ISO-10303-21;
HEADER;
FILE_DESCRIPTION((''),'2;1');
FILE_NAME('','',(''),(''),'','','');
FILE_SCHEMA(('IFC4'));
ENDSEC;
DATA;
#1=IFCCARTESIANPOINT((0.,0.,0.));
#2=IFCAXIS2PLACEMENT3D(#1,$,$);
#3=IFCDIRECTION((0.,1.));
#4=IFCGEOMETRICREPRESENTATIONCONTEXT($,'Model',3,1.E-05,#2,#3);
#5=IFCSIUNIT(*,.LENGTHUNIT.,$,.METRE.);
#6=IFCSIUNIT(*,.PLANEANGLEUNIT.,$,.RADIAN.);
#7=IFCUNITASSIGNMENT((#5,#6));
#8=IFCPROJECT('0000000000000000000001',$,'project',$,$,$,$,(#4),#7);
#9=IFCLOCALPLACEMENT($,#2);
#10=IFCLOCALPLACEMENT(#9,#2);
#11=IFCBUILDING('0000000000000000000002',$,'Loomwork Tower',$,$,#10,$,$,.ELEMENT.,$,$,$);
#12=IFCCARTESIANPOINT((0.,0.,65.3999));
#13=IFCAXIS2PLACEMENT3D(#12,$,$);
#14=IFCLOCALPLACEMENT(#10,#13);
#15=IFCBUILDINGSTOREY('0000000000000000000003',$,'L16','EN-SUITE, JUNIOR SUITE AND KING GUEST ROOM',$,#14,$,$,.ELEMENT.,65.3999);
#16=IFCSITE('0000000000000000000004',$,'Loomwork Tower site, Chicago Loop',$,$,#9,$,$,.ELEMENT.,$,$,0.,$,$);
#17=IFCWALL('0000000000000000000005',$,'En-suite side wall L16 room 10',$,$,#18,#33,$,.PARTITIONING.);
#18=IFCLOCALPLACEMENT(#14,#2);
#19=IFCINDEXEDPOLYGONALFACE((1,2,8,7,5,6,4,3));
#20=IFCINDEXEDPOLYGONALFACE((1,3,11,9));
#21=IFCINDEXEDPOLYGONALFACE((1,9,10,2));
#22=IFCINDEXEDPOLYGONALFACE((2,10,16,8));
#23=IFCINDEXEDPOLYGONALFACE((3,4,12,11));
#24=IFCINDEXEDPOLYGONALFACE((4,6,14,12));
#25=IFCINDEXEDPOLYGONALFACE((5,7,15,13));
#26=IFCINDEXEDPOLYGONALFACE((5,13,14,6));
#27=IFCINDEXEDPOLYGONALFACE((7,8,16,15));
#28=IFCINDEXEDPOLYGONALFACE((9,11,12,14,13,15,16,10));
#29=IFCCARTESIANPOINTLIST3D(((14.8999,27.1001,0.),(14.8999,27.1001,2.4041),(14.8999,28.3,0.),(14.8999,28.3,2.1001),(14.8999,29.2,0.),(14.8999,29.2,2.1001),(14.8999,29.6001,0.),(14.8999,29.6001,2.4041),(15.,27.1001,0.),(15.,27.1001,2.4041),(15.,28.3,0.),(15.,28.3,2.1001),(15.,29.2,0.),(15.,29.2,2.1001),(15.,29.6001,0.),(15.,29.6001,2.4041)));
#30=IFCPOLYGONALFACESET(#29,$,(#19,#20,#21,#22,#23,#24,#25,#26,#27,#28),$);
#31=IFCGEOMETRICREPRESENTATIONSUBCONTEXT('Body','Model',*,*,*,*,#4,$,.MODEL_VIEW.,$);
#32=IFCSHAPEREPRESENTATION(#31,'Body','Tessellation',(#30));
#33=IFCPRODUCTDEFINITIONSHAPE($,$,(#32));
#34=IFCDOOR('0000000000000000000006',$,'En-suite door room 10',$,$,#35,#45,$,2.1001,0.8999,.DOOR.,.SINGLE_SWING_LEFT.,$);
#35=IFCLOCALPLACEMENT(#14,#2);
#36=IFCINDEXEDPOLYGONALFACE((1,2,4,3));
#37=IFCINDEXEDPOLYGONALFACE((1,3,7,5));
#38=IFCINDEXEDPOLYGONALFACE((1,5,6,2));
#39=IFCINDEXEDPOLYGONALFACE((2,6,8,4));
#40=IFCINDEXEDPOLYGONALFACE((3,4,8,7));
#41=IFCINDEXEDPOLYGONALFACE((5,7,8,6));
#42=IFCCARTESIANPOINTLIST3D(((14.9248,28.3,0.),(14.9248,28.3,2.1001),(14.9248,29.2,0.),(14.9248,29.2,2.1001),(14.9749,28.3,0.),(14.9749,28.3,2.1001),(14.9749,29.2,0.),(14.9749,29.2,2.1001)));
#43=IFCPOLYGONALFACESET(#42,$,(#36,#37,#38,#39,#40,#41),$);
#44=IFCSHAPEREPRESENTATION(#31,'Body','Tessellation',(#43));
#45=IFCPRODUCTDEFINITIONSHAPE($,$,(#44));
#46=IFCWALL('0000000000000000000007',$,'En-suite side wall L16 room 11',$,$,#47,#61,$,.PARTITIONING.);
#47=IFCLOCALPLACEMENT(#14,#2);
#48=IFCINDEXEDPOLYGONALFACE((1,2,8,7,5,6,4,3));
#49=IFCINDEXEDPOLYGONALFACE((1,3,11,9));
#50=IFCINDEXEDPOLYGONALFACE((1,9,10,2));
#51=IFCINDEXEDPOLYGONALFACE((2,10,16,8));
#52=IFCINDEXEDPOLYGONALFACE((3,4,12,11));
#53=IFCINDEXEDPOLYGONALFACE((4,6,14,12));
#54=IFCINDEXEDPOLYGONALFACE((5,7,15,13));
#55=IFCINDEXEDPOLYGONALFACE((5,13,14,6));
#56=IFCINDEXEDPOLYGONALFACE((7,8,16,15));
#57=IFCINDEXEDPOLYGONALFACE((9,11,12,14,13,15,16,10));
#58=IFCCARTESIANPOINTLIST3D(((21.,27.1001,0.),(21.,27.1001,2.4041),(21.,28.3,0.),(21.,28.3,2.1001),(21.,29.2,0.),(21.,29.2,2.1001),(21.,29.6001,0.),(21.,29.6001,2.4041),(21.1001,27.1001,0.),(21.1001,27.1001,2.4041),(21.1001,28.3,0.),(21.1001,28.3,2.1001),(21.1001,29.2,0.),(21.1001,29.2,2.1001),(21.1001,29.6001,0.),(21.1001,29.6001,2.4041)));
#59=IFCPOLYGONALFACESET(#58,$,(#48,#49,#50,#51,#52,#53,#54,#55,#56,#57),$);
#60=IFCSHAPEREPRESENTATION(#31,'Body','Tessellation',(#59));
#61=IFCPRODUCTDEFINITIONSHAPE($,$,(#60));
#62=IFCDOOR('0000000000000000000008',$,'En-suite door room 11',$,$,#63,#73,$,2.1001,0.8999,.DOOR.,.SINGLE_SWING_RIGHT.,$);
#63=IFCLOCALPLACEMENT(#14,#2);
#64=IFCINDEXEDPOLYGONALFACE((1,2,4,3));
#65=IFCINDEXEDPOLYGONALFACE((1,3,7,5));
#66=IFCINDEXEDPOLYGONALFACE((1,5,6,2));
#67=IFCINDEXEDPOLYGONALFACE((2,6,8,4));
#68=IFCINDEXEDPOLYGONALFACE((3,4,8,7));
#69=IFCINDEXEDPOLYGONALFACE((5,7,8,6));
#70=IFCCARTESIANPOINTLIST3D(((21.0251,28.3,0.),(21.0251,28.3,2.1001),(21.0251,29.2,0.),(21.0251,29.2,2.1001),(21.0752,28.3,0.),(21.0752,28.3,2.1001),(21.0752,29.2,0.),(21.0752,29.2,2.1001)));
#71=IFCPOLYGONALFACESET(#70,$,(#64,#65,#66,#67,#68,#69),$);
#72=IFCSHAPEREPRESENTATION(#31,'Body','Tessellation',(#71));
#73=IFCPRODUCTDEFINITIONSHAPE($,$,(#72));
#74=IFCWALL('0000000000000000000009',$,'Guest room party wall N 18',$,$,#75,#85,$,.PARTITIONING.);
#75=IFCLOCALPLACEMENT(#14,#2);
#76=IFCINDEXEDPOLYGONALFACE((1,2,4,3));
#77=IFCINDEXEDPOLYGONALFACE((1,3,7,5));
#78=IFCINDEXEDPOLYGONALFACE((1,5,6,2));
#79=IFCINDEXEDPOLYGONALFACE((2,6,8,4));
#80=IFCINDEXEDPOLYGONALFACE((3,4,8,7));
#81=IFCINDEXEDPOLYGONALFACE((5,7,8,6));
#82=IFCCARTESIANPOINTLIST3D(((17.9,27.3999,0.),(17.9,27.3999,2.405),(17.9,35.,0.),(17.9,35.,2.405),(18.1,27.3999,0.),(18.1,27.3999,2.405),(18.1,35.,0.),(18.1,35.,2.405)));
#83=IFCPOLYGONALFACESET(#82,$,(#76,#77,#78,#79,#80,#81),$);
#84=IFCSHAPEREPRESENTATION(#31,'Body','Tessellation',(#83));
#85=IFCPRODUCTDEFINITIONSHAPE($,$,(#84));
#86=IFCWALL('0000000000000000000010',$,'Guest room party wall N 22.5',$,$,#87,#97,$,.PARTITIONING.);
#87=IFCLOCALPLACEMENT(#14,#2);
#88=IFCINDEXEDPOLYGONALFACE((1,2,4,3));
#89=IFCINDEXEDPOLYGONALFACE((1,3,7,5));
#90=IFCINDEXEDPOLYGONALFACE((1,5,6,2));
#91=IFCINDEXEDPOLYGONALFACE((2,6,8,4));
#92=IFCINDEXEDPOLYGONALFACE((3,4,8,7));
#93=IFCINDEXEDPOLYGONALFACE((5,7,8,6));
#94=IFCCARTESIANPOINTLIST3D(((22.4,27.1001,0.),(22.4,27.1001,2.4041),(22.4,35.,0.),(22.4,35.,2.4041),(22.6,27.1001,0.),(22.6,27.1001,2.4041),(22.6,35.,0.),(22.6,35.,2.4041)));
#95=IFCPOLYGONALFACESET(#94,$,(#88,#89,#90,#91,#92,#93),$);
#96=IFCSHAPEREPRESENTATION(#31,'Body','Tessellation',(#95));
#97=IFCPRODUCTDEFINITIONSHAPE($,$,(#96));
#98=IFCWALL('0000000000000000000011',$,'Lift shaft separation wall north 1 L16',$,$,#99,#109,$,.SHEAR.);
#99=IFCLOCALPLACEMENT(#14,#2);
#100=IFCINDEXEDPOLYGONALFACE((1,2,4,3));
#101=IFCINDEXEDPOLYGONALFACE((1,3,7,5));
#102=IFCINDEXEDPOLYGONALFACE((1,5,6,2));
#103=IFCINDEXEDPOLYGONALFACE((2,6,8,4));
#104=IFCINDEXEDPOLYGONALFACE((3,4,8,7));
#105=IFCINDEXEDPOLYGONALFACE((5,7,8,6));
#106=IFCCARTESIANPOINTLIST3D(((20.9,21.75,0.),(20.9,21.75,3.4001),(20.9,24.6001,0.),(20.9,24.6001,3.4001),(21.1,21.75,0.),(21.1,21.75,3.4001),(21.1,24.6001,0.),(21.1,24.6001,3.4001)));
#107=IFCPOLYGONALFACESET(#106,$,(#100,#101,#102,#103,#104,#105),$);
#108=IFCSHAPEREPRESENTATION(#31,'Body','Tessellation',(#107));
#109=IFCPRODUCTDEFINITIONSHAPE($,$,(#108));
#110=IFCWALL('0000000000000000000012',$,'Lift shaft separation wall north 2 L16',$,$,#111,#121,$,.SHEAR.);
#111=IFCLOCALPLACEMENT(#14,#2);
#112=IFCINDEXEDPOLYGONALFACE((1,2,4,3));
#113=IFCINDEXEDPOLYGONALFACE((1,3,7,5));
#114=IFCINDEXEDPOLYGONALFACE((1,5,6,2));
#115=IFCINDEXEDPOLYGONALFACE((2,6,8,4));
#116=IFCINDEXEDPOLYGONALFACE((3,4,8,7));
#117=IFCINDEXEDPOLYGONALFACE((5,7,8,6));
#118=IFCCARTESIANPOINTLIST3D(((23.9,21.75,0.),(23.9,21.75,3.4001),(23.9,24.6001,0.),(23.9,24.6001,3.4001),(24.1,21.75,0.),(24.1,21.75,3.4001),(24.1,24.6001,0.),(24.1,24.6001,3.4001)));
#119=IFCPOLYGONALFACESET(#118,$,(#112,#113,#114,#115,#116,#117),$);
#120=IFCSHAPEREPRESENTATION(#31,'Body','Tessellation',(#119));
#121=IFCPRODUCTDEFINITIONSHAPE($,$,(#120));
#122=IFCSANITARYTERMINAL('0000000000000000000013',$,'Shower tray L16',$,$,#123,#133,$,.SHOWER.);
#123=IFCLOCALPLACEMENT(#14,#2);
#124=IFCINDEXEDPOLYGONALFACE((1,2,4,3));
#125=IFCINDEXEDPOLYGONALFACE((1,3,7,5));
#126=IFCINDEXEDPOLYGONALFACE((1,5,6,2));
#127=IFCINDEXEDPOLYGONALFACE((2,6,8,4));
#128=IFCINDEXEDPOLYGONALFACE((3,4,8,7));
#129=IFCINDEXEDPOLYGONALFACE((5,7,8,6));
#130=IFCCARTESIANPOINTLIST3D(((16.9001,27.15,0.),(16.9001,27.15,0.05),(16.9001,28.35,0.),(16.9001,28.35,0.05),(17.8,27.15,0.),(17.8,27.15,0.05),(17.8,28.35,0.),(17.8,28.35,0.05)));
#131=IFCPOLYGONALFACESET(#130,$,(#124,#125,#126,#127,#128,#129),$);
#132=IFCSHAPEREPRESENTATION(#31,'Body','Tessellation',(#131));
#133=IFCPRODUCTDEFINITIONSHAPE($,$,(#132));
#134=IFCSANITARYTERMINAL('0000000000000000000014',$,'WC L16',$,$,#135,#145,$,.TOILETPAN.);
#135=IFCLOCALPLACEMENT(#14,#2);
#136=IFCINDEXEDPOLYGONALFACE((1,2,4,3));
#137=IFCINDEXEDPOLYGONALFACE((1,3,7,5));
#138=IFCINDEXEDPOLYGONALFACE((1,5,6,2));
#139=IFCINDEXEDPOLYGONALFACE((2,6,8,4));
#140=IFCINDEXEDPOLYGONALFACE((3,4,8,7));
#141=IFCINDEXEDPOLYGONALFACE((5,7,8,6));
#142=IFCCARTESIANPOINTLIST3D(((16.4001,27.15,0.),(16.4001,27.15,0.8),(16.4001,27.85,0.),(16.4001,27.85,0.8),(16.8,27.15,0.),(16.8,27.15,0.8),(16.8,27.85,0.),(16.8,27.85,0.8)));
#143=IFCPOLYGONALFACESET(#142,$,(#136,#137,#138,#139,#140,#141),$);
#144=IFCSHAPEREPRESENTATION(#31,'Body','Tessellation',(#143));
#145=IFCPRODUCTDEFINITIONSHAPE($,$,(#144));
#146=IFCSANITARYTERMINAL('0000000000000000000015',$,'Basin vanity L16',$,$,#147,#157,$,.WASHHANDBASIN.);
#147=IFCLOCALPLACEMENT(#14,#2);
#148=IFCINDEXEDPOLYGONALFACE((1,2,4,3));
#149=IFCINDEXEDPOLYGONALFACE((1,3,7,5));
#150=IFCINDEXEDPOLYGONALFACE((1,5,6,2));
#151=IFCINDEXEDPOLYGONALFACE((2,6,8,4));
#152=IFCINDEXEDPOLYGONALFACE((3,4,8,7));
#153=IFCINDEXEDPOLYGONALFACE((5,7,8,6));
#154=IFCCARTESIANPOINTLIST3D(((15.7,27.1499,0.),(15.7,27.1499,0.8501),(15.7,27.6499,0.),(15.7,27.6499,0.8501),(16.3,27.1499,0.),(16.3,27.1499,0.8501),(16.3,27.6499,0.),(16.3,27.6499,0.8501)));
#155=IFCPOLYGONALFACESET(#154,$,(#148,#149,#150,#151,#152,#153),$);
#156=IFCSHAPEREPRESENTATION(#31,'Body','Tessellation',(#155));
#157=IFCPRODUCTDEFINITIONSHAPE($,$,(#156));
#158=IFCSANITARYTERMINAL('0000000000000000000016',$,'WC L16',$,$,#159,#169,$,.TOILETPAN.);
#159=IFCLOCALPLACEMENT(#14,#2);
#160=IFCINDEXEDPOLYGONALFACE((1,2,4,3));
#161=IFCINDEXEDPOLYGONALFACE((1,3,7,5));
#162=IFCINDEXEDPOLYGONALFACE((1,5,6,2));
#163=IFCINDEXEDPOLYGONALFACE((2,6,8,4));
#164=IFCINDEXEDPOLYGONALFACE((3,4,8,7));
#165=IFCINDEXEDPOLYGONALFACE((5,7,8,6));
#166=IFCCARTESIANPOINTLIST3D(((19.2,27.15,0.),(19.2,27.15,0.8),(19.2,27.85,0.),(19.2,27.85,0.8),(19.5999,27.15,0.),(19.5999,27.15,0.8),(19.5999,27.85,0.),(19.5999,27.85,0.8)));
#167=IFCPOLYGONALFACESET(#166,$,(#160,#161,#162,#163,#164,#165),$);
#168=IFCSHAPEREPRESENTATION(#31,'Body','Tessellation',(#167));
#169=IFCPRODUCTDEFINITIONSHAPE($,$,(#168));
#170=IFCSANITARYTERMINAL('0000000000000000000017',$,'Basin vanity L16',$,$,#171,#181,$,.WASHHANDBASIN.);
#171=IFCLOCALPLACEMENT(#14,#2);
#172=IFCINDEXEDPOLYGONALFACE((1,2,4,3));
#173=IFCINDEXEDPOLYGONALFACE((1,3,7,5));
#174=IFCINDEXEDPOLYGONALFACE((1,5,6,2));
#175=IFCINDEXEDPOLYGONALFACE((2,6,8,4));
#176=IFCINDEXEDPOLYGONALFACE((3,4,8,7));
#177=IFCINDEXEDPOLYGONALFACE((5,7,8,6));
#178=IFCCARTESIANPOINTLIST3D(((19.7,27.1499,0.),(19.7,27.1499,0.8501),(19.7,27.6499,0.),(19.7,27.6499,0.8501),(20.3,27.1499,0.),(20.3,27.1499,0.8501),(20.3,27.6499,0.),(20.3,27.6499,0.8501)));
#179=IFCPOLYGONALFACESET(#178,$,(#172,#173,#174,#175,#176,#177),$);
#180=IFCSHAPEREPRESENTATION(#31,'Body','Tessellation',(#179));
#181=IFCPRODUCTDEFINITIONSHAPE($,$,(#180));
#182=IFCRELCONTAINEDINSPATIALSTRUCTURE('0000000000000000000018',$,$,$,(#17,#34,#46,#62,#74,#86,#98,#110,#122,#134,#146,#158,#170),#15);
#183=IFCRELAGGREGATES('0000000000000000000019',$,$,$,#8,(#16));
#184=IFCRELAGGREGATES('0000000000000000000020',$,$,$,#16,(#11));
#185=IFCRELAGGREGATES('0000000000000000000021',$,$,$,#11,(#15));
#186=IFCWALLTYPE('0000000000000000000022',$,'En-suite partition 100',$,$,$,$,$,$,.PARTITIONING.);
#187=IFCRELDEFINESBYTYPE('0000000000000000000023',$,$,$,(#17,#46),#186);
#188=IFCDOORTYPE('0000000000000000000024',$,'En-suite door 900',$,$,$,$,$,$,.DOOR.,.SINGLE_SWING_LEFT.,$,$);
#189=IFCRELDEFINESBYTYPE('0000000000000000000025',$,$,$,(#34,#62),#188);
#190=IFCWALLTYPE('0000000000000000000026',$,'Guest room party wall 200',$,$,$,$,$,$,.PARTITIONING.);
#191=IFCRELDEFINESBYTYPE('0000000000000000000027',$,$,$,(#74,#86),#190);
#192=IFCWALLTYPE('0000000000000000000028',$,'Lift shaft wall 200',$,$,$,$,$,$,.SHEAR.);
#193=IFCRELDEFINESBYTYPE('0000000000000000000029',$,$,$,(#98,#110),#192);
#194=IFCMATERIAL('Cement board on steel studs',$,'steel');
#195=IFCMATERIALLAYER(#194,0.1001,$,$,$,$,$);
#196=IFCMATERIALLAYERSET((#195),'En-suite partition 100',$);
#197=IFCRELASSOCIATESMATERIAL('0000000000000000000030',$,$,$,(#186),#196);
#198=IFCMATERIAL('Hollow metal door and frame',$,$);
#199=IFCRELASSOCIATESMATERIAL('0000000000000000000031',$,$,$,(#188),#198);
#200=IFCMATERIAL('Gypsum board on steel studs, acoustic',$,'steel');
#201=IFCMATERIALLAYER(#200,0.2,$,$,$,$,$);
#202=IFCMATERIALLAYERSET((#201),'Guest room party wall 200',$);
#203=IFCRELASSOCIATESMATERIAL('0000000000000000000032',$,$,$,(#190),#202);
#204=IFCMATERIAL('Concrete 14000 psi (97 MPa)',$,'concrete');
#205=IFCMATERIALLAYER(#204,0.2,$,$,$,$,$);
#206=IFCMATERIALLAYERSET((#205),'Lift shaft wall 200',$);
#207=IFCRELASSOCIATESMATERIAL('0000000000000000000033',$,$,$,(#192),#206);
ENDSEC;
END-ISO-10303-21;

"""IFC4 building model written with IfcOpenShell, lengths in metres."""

from ifc_helpers import new_model, si_unit, direction, frame, frame_2d, origin, origin_2d, place, context, subcontext, project, spatial, rectangle, extrude, material, layer, layer_set, type_object, element, fill, save


model = new_model("IFC4")

# Units and contexts
model_context = context("Model", 3, precision=1e-05, world=origin(), true_north=direction((0.0, 1.0)))
body_context = subcontext(model_context, "Body", "Model", "MODEL_VIEW")
ifc_project = project(units=[si_unit("LENGTHUNIT", "METRE"), si_unit("PLANEANGLEUNIT", "RADIAN")], contexts=[model_context])

# Site, building, storey
site_placement = place(None, origin())
site = spatial("IfcSite", under=ifc_project, at=site_placement, Name="Loomwork Tower site, Chicago Loop", CompositionType="ELEMENT", RefElevation=0.0)
building_placement = place(site_placement, origin())
building = spatial("IfcBuilding", under=site, at=building_placement, Name="Loomwork Tower", CompositionType="ELEMENT")
storey_placement = place(building_placement, frame((0.0, 0.0, 65.3999)))
storey = spatial("IfcBuildingStorey", under=building, at=storey_placement, Name="L16", Description="EN-SUITE, JUNIOR SUITE AND KING GUEST ROOM", CompositionType="ELEMENT", Elevation=65.3999)

# Walls, openings, doors
ifc_material_1 = material(Name="Cement board on steel studs", Category="steel")
ifc_layer_1 = layer(ifc_material_1, 0.1001)
ifc_layer_set_1 = layer_set([ifc_layer_1], Name="En-suite partition 100")
wall_type_1 = type_object("IfcWallType", Name="En-suite partition 100", PredefinedType="PARTITIONING", material=ifc_layer_set_1)
wall_1_placement = place(storey_placement, frame((14.95, 27.1001, 0.0), z_axis=(0.0, 0.0, 1.0), x_axis=(0.0, 1.0, 0.0)))
wall_1 = element("IfcWall", 1, at=wall_1_placement, inside=storey, type_object=wall_type_1, Name="En-suite side wall L16 room 10", PredefinedType="PARTITIONING", context=body_context, shape_type="SweptSolid", body=[
    extrude(rectangle(XDim=2.5, YDim=0.1001, at=frame_2d((1.25, 0.0))), origin(), (0.0, 0.0, 1.0), 2.4041),
])
opening_1_placement = place(wall_1_placement, frame((1.2, 0.0, 0.0)))
opening_1 = element("IfcOpeningElement", 2, at=opening_1_placement, cuts=wall_1, PredefinedType="OPENING", context=body_context, shape_type="SweptSolid", body=[
    extrude(rectangle(XDim=0.8999, YDim=2.1001, at=frame_2d((0.45, 1.05))), frame((0.0, 0.0601, 0.0), z_axis=(0.0, -1.0, 0.0), x_axis=(1.0, 0.0, 0.0)), (0.0, 0.0, 1.0), 0.1201),
])
ifc_material_2 = material(Name="Hollow metal door and frame")
door_type_1 = type_object("IfcDoorType", Name="En-suite door 900", OperationType="SINGLE_SWING_LEFT", PredefinedType="DOOR", material=ifc_material_2)
door_1_placement = place(opening_1_placement, frame((0.8999, 0.0, 0.0), z_axis=(0.0, 0.0, 1.0), x_axis=(-1.0, 0.0, 0.0)))
door_1 = element("IfcDoor", 3, at=door_1_placement, inside=storey, type_object=door_type_1, Name="En-suite door room 10", OperationType="SINGLE_SWING_LEFT", OverallHeight=2.1001, OverallWidth=0.8999, PredefinedType="DOOR", context=body_context, shape_type="SweptSolid", body=[
    extrude(rectangle(XDim=0.8999, YDim=2.1001, at=frame_2d((0.45, 1.05))), frame((0.0, 0.0249, 0.0), z_axis=(0.0, -1.0, 0.0), x_axis=(1.0, 0.0, 0.0)), (0.0, 0.0, 1.0), 0.05),
])
fill(opening_1, door_1)
wall_2_placement = place(storey_placement, frame((21.05, 27.1001, 0.0), z_axis=(0.0, 0.0, 1.0), x_axis=(0.0, 1.0, 0.0)))
wall_2 = element("IfcWall", 4, at=wall_2_placement, inside=storey, type_object=wall_type_1, Name="En-suite side wall L16 room 11", PredefinedType="PARTITIONING", context=body_context, shape_type="SweptSolid", body=[
    extrude(rectangle(XDim=2.5, YDim=0.1001, at=frame_2d((1.25, 0.0))), origin(), (0.0, 0.0, 1.0), 2.4041),
])
opening_2_placement = place(wall_2_placement, frame((1.2, 0.0, 0.0)))
opening_2 = element("IfcOpeningElement", 5, at=opening_2_placement, cuts=wall_2, PredefinedType="OPENING", context=body_context, shape_type="SweptSolid", body=[
    extrude(rectangle(XDim=0.8999, YDim=2.1001, at=frame_2d((0.45, 1.05))), frame((0.0, 0.0601, 0.0), z_axis=(0.0, -1.0, 0.0), x_axis=(1.0, 0.0, 0.0)), (0.0, 0.0, 1.0), 0.1201),
])
door_2_placement = place(opening_2_placement, origin())
door_2 = element("IfcDoor", 6, at=door_2_placement, inside=storey, type_object=door_type_1, Name="En-suite door room 11", OperationType="SINGLE_SWING_RIGHT", OverallHeight=2.1001, OverallWidth=0.8999, PredefinedType="DOOR", context=body_context, shape_type="SweptSolid", body=[
    extrude(rectangle(XDim=0.8999, YDim=2.1001, at=frame_2d((0.45, 1.05))), frame((0.0, 0.0249, 0.0), z_axis=(0.0, -1.0, 0.0), x_axis=(1.0, 0.0, 0.0)), (0.0, 0.0, 1.0), 0.05),
])
fill(opening_2, door_2)

# Walls
ifc_material_3 = material(Name="Gypsum board on steel studs, acoustic", Category="steel")
ifc_layer_2 = layer(ifc_material_3, 0.2)
ifc_layer_set_2 = layer_set([ifc_layer_2], Name="Guest room party wall 200")
wall_type_2 = type_object("IfcWallType", Name="Guest room party wall 200", PredefinedType="PARTITIONING", material=ifc_layer_set_2)
wall_3_placement = place(storey_placement, frame((18.0, 27.3999, 0.0), z_axis=(0.0, 0.0, 1.0), x_axis=(0.0, 1.0, 0.0)))
element("IfcWall", 7, at=wall_3_placement, inside=storey, type_object=wall_type_2, Name="Guest room party wall N 18", PredefinedType="PARTITIONING", context=body_context, shape_type="SweptSolid", body=[
    extrude(rectangle(XDim=7.6001, YDim=0.2, at=frame_2d((3.8, 0.0))), origin(), (0.0, 0.0, 1.0), 2.405),
])
wall_4_placement = place(storey_placement, frame((22.5, 27.1001, 0.0), z_axis=(0.0, 0.0, 1.0), x_axis=(0.0, 1.0, 0.0)))
element("IfcWall", 8, at=wall_4_placement, inside=storey, type_object=wall_type_2, Name="Guest room party wall N 22.5", PredefinedType="PARTITIONING", context=body_context, shape_type="SweptSolid", body=[
    extrude(rectangle(XDim=7.8999, YDim=0.2, at=frame_2d((3.95, 0.0))), origin(), (0.0, 0.0, 1.0), 2.4041),
])
ifc_material_4 = material(Name="Concrete 14000 psi (97 MPa)", Category="concrete")
ifc_layer_3 = layer(ifc_material_4, 0.2)
ifc_layer_set_3 = layer_set([ifc_layer_3], Name="Lift shaft wall 200")
wall_type_3 = type_object("IfcWallType", Name="Lift shaft wall 200", PredefinedType="SHEAR", material=ifc_layer_set_3)
for number, where, z_axis, x_axis, name in (
    (9, (21.0, 21.75, 0.0), (0.0, 0.0, 1.0), (0.0, 1.0, 0.0), "Lift shaft separation wall north 1 L16"),
    (10, (24.0, 21.75, 0.0), (0.0, 0.0, 1.0), (0.0, 1.0, 0.0), "Lift shaft separation wall north 2 L16"),
):
    element("IfcWall", number, at=place(storey_placement, frame(where, z_axis=z_axis, x_axis=x_axis)), inside=storey, type_object=wall_type_3, Name=name, PredefinedType="SHEAR", context=body_context, shape_type="SweptSolid", body=[
        extrude(rectangle(XDim=2.8501, YDim=0.2, at=frame_2d((1.425, 0.0))), origin(), (0.0, 0.0, 1.0), 3.4001),
    ])

# Sanitary terminals
sanitary_terminal_1_placement = place(storey_placement, frame((17.3501, 27.75, 0.0), z_axis=(0.0, 0.0, 1.0), x_axis=(1.0, 0.0, 0.0)))
element("IfcSanitaryTerminal", 11, at=sanitary_terminal_1_placement, inside=storey, Name="Shower tray L16", PredefinedType="SHOWER", context=body_context, shape_type="SweptSolid", body=[
    extrude(rectangle(XDim=0.8999, YDim=1.2, at=origin_2d()), origin(), (0.0, 0.0, 1.0), 0.05),
])
sanitary_terminal_2_placement = place(storey_placement, frame((16.6001, 27.5, 0.0), z_axis=(0.0, 0.0, 1.0), x_axis=(1.0, 0.0, 0.0)))
element("IfcSanitaryTerminal", 12, at=sanitary_terminal_2_placement, inside=storey, Name="WC L16", PredefinedType="TOILETPAN", context=body_context, shape_type="SweptSolid", body=[
    extrude(rectangle(XDim=0.3999, YDim=0.7, at=origin_2d()), origin(), (0.0, 0.0, 1.0), 0.8),
])
sanitary_terminal_3_placement = place(storey_placement, frame((16.0, 27.3999, 0.0), z_axis=(0.0, 0.0, 1.0), x_axis=(1.0, 0.0, 0.0)))
element("IfcSanitaryTerminal", 13, at=sanitary_terminal_3_placement, inside=storey, Name="Basin vanity L16", PredefinedType="WASHHANDBASIN", context=body_context, shape_type="SweptSolid", body=[
    extrude(rectangle(XDim=0.6001, YDim=0.5, at=origin_2d()), origin(), (0.0, 0.0, 1.0), 0.8501),
])
sanitary_terminal_4_placement = place(storey_placement, frame((19.3999, 27.5, 0.0), z_axis=(0.0, 0.0, 1.0), x_axis=(1.0, 0.0, 0.0)))
element("IfcSanitaryTerminal", 14, at=sanitary_terminal_4_placement, inside=storey, Name="WC L16", PredefinedType="TOILETPAN", context=body_context, shape_type="SweptSolid", body=[
    extrude(rectangle(XDim=0.3999, YDim=0.7, at=origin_2d()), origin(), (0.0, 0.0, 1.0), 0.8),
])
sanitary_terminal_5_placement = place(storey_placement, frame((20.0, 27.3999, 0.0), z_axis=(0.0, 0.0, 1.0), x_axis=(1.0, 0.0, 0.0)))
element("IfcSanitaryTerminal", 15, at=sanitary_terminal_5_placement, inside=storey, Name="Basin vanity L16", PredefinedType="WASHHANDBASIN", context=body_context, shape_type="SweptSolid", body=[
    extrude(rectangle(XDim=0.6001, YDim=0.5, at=origin_2d()), origin(), (0.0, 0.0, 1.0), 0.8501),
])

save(model, "model.ifc")
